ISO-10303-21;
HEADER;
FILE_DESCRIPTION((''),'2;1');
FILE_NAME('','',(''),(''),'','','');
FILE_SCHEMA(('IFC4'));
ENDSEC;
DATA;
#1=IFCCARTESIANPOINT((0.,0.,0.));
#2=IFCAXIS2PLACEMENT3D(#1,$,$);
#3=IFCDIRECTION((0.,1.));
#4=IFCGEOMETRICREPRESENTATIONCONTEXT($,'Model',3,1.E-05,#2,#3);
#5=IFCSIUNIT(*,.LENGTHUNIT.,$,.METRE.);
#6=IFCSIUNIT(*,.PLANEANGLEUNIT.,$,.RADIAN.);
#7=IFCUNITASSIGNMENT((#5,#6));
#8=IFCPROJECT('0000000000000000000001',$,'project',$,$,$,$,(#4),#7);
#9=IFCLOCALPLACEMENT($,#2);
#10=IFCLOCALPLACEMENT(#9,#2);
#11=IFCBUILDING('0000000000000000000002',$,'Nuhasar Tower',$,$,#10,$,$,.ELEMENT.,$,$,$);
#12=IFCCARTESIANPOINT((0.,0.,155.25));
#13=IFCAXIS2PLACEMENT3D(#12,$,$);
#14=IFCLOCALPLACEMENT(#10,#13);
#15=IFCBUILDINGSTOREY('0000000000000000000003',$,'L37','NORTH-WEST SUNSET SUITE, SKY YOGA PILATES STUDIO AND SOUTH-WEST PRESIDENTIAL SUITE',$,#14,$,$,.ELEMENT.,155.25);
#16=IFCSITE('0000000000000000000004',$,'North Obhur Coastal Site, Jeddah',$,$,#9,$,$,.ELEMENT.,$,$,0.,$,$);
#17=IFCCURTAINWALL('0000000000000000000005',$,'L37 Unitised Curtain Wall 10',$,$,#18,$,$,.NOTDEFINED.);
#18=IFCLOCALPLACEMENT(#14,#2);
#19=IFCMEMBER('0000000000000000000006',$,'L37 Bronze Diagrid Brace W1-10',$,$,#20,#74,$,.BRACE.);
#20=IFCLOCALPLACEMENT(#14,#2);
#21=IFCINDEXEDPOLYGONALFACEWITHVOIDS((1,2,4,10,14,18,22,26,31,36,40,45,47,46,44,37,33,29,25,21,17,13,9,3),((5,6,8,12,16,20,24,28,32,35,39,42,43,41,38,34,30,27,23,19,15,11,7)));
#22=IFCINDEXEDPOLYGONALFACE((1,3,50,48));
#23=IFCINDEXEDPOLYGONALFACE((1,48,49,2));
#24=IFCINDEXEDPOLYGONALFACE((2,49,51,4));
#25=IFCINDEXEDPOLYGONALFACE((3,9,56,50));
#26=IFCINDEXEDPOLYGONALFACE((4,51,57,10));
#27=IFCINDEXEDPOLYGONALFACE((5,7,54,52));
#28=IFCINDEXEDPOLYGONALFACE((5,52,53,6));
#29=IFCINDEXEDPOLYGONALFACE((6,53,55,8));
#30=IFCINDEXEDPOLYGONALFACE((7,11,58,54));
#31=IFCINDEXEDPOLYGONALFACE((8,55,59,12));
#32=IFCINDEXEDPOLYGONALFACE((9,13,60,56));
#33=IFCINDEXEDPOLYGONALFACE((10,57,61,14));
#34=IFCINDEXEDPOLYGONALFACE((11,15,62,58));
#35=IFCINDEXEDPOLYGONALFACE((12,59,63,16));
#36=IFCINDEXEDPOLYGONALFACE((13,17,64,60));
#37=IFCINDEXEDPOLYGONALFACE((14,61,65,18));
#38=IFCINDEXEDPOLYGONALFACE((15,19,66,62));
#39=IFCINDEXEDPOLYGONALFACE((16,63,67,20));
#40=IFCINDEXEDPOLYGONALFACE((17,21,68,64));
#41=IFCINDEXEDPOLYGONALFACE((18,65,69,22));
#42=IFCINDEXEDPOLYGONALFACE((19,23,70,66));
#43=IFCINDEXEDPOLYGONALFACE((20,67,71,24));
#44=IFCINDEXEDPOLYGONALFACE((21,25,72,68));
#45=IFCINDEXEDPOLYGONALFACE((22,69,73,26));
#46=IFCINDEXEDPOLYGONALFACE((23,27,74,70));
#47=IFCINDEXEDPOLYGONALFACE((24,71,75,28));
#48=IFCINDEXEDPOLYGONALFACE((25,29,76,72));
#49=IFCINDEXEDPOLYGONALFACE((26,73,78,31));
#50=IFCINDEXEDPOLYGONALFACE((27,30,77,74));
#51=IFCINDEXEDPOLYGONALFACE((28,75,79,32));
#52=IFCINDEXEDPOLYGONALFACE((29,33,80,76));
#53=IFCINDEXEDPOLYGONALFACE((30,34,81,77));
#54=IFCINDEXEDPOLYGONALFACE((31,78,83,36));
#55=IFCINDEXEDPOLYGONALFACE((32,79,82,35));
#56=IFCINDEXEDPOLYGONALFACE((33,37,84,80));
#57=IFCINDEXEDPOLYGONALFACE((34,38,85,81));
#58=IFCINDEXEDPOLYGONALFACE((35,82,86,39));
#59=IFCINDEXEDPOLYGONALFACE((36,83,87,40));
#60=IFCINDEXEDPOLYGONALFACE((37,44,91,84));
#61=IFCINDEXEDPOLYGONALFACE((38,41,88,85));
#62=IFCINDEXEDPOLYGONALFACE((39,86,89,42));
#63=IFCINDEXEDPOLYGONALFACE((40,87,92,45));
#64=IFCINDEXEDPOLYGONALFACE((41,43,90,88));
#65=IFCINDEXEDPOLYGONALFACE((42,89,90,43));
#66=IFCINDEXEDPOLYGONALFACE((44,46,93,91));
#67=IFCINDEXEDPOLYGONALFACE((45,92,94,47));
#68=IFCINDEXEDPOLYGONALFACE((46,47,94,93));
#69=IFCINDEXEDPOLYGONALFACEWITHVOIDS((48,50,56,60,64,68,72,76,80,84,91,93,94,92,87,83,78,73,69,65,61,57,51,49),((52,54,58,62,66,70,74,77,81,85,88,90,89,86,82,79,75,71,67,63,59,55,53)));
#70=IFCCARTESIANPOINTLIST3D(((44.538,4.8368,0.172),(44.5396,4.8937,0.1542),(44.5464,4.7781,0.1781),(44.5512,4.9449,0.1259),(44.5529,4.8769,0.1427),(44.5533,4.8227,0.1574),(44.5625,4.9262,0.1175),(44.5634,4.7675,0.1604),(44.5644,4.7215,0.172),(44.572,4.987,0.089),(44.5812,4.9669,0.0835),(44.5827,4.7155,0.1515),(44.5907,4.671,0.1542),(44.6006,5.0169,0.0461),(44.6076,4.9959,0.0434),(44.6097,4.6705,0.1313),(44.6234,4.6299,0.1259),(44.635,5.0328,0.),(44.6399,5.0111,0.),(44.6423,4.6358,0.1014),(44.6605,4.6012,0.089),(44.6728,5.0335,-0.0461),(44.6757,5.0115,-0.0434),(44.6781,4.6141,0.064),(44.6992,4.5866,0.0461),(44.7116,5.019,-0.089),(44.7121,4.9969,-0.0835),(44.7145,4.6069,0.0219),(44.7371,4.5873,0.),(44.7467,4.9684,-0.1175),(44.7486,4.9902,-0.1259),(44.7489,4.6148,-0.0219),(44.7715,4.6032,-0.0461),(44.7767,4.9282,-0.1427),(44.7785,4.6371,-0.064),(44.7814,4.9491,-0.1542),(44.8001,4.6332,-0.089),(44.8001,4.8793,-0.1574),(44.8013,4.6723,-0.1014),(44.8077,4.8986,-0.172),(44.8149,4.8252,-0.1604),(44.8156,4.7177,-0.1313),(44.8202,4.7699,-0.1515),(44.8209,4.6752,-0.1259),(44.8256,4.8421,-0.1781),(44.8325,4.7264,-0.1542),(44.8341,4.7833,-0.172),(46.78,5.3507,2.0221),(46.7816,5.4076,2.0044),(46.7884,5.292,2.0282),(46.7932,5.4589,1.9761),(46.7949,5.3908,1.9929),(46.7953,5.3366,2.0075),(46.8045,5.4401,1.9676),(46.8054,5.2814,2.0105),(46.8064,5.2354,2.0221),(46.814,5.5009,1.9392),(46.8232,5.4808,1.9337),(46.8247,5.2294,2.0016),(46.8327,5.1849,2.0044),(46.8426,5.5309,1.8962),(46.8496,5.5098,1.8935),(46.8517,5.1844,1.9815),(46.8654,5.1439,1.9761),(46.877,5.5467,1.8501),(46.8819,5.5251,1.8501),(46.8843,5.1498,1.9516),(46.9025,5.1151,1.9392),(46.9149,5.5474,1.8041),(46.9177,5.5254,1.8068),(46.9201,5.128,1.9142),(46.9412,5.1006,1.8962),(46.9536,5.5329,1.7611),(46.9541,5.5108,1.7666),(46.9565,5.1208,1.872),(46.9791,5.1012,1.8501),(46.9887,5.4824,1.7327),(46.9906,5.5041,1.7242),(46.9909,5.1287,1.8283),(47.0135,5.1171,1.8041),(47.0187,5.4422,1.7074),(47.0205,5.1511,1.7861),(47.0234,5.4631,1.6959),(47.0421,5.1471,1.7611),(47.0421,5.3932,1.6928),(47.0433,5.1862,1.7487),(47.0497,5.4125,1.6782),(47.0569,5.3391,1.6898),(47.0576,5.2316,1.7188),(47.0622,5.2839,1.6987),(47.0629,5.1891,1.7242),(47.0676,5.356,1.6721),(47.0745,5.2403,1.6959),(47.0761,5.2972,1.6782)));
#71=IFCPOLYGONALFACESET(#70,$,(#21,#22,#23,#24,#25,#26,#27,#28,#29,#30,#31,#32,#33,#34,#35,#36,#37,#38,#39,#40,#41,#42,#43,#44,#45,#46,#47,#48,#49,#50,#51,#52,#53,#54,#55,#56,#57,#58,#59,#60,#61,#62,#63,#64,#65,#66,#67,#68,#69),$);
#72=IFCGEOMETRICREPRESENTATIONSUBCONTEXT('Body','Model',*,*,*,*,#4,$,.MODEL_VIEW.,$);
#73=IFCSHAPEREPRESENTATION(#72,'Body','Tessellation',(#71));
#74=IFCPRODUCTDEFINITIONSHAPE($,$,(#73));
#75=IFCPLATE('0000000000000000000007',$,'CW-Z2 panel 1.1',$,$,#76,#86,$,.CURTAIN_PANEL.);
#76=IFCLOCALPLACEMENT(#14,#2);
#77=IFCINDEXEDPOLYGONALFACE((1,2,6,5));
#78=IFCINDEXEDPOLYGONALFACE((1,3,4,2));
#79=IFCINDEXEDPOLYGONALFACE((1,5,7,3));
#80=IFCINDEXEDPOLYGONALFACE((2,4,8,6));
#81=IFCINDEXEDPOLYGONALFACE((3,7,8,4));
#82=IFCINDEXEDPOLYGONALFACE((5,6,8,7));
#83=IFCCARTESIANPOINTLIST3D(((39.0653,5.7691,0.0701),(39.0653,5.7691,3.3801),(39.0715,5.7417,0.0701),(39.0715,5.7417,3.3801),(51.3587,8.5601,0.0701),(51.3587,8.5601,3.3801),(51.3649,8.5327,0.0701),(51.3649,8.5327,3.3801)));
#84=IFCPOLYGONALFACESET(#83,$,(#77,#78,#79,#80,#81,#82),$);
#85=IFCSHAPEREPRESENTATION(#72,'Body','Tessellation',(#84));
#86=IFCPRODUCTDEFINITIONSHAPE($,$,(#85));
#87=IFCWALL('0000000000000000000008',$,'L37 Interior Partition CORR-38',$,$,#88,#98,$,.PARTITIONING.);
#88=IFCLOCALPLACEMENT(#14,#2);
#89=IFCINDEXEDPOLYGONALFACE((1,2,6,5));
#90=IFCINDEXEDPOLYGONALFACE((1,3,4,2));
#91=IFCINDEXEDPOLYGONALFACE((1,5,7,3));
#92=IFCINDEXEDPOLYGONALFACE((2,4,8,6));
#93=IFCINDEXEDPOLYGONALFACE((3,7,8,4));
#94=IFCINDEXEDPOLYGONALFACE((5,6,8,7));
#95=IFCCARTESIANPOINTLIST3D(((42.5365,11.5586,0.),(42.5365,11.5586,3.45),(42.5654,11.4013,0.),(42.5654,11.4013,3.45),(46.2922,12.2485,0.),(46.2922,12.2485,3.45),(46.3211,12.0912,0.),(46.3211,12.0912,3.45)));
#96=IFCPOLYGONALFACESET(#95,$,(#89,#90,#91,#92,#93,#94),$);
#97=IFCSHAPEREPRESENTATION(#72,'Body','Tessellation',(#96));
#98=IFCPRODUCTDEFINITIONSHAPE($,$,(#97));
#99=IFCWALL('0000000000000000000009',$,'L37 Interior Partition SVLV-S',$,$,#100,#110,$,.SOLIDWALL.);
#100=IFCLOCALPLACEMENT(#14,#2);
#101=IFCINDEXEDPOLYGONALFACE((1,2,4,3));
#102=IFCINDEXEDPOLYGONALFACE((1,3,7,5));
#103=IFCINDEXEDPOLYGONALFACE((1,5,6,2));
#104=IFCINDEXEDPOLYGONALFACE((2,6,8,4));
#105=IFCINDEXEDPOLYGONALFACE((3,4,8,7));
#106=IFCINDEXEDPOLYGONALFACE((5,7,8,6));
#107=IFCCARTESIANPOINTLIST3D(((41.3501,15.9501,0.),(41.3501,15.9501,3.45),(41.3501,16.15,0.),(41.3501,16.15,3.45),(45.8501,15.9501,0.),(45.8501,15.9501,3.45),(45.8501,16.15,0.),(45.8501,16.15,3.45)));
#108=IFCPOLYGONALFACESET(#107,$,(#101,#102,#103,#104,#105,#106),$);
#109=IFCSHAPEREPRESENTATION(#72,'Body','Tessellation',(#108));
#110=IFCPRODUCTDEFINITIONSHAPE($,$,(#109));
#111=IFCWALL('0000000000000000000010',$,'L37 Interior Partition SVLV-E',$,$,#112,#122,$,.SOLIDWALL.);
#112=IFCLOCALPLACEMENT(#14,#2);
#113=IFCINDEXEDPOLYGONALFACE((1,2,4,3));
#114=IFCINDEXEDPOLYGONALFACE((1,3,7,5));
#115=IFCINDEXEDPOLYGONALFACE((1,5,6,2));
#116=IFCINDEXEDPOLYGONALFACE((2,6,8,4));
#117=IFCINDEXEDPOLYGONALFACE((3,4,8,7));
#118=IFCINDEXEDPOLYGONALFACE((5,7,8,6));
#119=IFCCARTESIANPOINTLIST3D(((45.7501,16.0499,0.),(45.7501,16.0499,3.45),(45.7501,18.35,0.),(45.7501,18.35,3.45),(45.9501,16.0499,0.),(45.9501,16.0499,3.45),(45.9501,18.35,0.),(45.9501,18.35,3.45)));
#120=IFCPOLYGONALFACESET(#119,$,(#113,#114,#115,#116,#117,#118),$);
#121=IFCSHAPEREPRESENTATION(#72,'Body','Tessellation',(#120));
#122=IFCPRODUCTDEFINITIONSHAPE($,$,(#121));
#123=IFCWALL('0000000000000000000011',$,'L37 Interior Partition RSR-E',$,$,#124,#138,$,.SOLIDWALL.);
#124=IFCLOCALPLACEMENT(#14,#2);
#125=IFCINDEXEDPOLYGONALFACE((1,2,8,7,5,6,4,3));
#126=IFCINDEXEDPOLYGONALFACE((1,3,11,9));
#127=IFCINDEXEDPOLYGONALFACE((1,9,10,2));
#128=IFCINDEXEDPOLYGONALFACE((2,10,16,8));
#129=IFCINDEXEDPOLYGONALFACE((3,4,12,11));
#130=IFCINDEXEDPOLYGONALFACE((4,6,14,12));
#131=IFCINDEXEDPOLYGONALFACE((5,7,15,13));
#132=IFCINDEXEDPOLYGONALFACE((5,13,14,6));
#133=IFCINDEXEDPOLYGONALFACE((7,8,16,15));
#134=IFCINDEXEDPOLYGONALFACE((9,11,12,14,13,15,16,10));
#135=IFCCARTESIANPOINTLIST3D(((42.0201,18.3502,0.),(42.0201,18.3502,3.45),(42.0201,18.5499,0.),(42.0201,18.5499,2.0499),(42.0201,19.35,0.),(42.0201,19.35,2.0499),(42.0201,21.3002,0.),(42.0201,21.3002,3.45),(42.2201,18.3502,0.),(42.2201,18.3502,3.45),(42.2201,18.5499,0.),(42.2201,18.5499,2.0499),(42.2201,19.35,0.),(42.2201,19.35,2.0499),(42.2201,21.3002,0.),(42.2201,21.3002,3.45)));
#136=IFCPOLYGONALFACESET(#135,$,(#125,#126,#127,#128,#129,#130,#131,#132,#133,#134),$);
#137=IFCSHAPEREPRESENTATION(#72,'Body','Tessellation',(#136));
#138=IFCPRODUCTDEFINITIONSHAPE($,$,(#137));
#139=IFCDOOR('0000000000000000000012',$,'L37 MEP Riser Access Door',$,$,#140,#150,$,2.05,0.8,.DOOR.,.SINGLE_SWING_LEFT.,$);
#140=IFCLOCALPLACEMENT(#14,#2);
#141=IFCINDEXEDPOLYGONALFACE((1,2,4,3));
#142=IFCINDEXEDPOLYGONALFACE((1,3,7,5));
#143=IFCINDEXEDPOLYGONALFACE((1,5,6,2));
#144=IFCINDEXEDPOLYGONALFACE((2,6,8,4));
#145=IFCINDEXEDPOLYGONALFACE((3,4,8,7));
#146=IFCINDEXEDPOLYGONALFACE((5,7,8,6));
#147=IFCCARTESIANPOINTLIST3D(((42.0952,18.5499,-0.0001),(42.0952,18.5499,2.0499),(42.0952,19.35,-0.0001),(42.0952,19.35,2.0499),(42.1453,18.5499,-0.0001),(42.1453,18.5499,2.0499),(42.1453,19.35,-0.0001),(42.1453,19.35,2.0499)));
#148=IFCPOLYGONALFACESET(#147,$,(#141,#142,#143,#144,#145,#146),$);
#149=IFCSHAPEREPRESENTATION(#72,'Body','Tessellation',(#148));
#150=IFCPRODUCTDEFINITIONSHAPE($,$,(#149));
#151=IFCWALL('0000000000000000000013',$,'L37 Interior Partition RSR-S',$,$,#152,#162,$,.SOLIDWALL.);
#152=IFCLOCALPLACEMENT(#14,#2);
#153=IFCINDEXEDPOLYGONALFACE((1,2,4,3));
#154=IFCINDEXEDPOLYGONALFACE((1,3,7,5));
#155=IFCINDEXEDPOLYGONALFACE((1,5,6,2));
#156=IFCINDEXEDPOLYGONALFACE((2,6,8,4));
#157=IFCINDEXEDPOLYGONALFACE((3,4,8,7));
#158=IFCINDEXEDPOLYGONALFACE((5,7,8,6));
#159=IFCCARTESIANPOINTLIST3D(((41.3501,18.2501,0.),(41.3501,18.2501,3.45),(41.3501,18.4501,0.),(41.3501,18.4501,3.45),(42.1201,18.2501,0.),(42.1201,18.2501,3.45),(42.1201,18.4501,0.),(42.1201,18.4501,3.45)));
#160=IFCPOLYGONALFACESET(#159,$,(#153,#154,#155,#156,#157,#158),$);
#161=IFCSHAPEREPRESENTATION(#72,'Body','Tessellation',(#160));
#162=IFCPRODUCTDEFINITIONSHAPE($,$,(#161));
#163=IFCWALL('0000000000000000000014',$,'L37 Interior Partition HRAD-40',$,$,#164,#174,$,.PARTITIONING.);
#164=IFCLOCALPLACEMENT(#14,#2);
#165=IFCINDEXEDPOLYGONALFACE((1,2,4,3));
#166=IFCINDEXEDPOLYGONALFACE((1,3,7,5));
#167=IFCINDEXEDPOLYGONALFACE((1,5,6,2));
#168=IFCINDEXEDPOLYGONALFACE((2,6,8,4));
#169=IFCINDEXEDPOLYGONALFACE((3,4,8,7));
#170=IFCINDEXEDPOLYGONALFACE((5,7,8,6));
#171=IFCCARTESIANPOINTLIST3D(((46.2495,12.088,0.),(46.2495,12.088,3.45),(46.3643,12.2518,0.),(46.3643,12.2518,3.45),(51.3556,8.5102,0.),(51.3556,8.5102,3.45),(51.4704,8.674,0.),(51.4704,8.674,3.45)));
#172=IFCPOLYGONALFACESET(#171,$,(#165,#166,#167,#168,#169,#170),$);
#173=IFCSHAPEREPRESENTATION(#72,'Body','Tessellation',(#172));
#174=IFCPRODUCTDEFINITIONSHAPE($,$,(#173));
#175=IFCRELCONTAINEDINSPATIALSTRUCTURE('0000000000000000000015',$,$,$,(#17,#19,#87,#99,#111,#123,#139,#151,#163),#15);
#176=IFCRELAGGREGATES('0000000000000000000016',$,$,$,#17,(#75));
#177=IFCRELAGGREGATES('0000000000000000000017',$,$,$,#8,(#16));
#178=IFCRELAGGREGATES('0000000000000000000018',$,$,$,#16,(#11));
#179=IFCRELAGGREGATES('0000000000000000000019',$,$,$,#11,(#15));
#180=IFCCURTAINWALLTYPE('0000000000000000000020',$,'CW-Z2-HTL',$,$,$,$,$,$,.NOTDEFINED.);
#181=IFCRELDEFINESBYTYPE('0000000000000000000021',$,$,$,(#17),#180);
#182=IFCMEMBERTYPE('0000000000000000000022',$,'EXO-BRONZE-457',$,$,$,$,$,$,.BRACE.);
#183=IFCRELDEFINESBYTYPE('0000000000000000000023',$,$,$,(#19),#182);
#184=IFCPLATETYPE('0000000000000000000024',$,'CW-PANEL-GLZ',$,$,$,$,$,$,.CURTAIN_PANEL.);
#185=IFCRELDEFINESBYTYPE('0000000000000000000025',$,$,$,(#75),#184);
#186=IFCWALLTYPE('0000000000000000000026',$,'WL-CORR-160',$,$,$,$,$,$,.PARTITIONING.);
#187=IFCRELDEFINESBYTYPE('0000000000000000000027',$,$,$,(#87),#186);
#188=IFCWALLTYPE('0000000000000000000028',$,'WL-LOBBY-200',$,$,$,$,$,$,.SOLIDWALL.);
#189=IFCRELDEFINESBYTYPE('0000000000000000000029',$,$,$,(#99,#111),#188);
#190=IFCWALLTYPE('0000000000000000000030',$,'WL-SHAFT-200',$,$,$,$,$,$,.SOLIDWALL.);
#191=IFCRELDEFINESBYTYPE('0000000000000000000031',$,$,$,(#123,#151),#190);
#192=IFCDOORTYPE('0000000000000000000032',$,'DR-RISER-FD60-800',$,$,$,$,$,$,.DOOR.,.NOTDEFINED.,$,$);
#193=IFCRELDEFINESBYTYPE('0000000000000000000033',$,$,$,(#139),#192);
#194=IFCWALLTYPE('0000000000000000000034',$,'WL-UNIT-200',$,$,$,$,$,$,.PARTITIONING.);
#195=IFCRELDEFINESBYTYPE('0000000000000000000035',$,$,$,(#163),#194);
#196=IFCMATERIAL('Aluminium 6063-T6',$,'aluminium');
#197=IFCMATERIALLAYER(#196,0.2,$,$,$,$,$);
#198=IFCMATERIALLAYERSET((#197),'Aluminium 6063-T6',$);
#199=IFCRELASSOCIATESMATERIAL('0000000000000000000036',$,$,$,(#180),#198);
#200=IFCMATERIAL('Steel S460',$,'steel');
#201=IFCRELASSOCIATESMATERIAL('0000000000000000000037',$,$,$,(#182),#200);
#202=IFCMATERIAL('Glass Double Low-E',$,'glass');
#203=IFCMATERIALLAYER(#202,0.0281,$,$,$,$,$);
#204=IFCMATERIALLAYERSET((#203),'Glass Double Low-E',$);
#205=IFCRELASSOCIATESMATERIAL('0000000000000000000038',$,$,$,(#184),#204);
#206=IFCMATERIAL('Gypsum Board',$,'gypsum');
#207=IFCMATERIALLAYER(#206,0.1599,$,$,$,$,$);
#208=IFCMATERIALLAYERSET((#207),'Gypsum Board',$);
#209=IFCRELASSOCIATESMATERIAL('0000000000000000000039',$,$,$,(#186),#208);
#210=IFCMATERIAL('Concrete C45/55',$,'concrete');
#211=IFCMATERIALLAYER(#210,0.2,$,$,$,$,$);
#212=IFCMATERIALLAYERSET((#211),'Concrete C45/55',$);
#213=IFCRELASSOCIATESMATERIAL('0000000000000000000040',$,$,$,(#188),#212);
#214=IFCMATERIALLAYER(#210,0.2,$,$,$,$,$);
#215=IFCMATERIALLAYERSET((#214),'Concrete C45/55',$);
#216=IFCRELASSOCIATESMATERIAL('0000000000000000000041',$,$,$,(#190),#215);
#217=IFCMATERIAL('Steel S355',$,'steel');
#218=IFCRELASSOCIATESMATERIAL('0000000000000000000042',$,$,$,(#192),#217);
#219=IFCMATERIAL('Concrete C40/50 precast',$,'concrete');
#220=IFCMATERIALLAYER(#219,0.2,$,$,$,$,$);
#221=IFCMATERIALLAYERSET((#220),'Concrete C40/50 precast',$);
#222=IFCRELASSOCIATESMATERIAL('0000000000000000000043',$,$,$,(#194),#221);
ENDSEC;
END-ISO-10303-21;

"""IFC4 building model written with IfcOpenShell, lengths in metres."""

from ifc_helpers import new_model, si_unit, direction, frame, frame_2d, origin, origin_2d, place, context, subcontext, project, spatial, rectangle, hollow_circle, extrude, material, layer, layer_set, material_profile, profile_set, type_object, element, fill, aggregate, save


model = new_model("IFC4")

# Units and contexts
model_context = context("Model", 3, precision=1e-05, world=origin(), true_north=direction((0.0, 1.0)))
body_context = subcontext(model_context, "Body", "Model", "MODEL_VIEW")
ifc_project = project(units=[si_unit("LENGTHUNIT", "METRE"), si_unit("PLANEANGLEUNIT", "RADIAN")], contexts=[model_context])

# Site, building, storey
site_placement = place(None, origin())
site = spatial("IfcSite", under=ifc_project, at=site_placement, Name="North Obhur Coastal Site, Jeddah", CompositionType="ELEMENT", RefElevation=0.0)
building_placement = place(site_placement, origin())
building = spatial("IfcBuilding", under=site, at=building_placement, Name="Nuhasar Tower", CompositionType="ELEMENT")
storey_placement = place(building_placement, frame((0.0, 0.0, 155.25)))
storey = spatial("IfcBuildingStorey", under=building, at=storey_placement, Name="L37", Description="NORTH-WEST SUNSET SUITE, SKY YOGA PILATES STUDIO AND SOUTH-WEST PRESIDENTIAL SUITE", CompositionType="ELEMENT", Elevation=155.25)

# Shared definitions
ifc_material_1 = material(Name="Steel S355", Category="steel")

# Shared definitions
ifc_material_2 = material(Name="Aluminium 6063-T6", Category="aluminium")
ifc_layer_1 = layer(ifc_material_2, 0.2)
ifc_layer_set_1 = layer_set([ifc_layer_1], Name="Aluminium 6063-T6")
curtain_wall_type = type_object("IfcCurtainWallType", Name="CW-Z2-HTL", PredefinedType="NOTDEFINED", material=ifc_layer_set_1)

# Curtain wall
curtain_wall_1_placement = place(storey_placement, origin())
curtain_wall_1 = element("IfcCurtainWall", 1, at=curtain_wall_1_placement, inside=storey, type_object=curtain_wall_type, Name="L37 Unitised Curtain Wall 10", PredefinedType="NOTDEFINED")

# Member
ifc_material_3 = material(Name="Steel S460", Category="steel")
ifc_material_profile_1 = material_profile(ifc_material_3, hollow_circle(Radius=0.2285, WallThickness=0.0222, at=origin_2d()), Name="HSS457X22.2")
ifc_profile_set_1 = profile_set([ifc_material_profile_1], Name="Steel S460")
member_type_1 = type_object("IfcMemberType", Name="EXO-BRONZE-457", PredefinedType="BRACE", material=ifc_profile_set_1)
member_1_placement = place(storey_placement, frame((44.686, 4.8101, 0.0), z_axis=(0.75951, 0.174101, 0.626764), x_axis=(-0.223433, 0.974719, 0.0)))
element("IfcMember", 2, at=member_1_placement, inside=storey, type_object=member_type_1, Name="L37 Bronze Diagrid Brace W1-10", PredefinedType="BRACE", context=body_context, shape_type="SweptSolid", body=[
    extrude(hollow_circle(Radius=0.2285, WallThickness=0.0222, at=origin_2d()), origin(), (0.0, 0.0, 1.0), 2.9519),
])

# Plate
ifc_material_4 = material(Name="Glass Double Low-E", Category="glass")
ifc_layer_2 = layer(ifc_material_4, 0.0281)
ifc_layer_set_2 = layer_set([ifc_layer_2], Name="Glass Double Low-E")
plate_type = type_object("IfcPlateType", Name="CW-PANEL-GLZ", PredefinedType="CURTAIN_PANEL", material=ifc_layer_set_2)
plate_placement = place(storey_placement, frame((45.2151, 7.1509, 0.0701), z_axis=(0.0, 0.0, 1.0), x_axis=(0.975184, 0.221397, 0.0)))
plate = element("IfcPlate", 3, at=plate_placement, type_object=plate_type, Name="CW-Z2 panel 1.1", PredefinedType="CURTAIN_PANEL", context=body_context, shape_type="SweptSolid", body=[
    extrude(rectangle(XDim=12.6062, YDim=0.0281, at=origin_2d()), origin(), (0.0, 0.0, 1.0), 3.3101),
])
aggregate(curtain_wall_1, [plate])

# Shared definitions
ifc_material_5 = material(Name="Gypsum Board", Category="gypsum")
ifc_layer_3 = layer(ifc_material_5, 0.1599)
ifc_layer_set_3 = layer_set([ifc_layer_3], Name="Gypsum Board")
wall_type_1 = type_object("IfcWallType", Name="WL-CORR-160", PredefinedType="PARTITIONING", material=ifc_layer_set_3)

# Wall
wall_1_placement = place(storey_placement, frame((42.551, 11.48, 0.0), z_axis=(0.0, 0.0, 1.0), x_axis=(0.983543, 0.180674, 0.0)))
element("IfcWall", 4, at=wall_1_placement, inside=storey, type_object=wall_type_1, Name="L37 Interior Partition CORR-38", PredefinedType="PARTITIONING", context=body_context, shape_type="SweptSolid", body=[
    extrude(rectangle(XDim=3.8186, YDim=0.1599, at=frame_2d((1.9092, 0.0))), origin(), (0.0, 0.0, 1.0), 3.45),
])

# Shared definitions
ifc_material_6 = material(Name="Concrete C45/55", Category="concrete")
ifc_layer_4 = layer(ifc_material_6, 0.2)
ifc_layer_set_4 = layer_set([ifc_layer_4], Name="Concrete C45/55")
wall_type_2 = type_object("IfcWallType", Name="WL-LOBBY-200", PredefinedType="SOLIDWALL", material=ifc_layer_set_4)

# Walls
wall_2_placement = place(storey_placement, frame((41.3501, 16.05, 0.0), z_axis=(0.0, 0.0, 1.0), x_axis=(1.0, 0.0, 0.0)))
element("IfcWall", 5, at=wall_2_placement, inside=storey, type_object=wall_type_2, Name="L37 Interior Partition SVLV-S", PredefinedType="SOLIDWALL", context=body_context, shape_type="SweptSolid", body=[
    extrude(rectangle(XDim=4.5, YDim=0.2, at=frame_2d((2.25, 0.0))), origin(), (0.0, 0.0, 1.0), 3.45),
])
wall_3_placement = place(storey_placement, frame((45.8501, 16.05, 0.0), z_axis=(0.0, 0.0, 1.0), x_axis=(0.0, 1.0, 0.0)))
element("IfcWall", 6, at=wall_3_placement, inside=storey, type_object=wall_type_2, Name="L37 Interior Partition SVLV-E", PredefinedType="SOLIDWALL", context=body_context, shape_type="SweptSolid", body=[
    extrude(rectangle(XDim=2.3, YDim=0.2, at=frame_2d((1.1499, 0.0))), origin(), (0.0, 0.0, 1.0), 3.45),
])

# Wall, opening, door
ifc_layer_5 = layer(ifc_material_6, 0.2)
ifc_layer_set_5 = layer_set([ifc_layer_5], Name="Concrete C45/55")
wall_type_3 = type_object("IfcWallType", Name="WL-SHAFT-200", PredefinedType="SOLIDWALL", material=ifc_layer_set_5)
wall_4_placement = place(storey_placement, frame((42.1201, 18.3501, 0.0), z_axis=(0.0, 0.0, 1.0), x_axis=(0.0, 1.0, 0.0)))
wall_4 = element("IfcWall", 7, at=wall_4_placement, inside=storey, type_object=wall_type_3, Name="L37 Interior Partition RSR-E", PredefinedType="SOLIDWALL", context=body_context, shape_type="SweptSolid", body=[
    extrude(rectangle(XDim=2.95, YDim=0.2, at=frame_2d((1.4751, 0.0))), origin(), (0.0, 0.0, 1.0), 3.45),
])
opening_1_placement = place(wall_4_placement, frame((0.2, 0.0, 0.0)))
opening_1 = element("IfcOpeningElement", 8, at=opening_1_placement, cuts=wall_4, PredefinedType="OPENING", context=body_context, shape_type="SweptSolid", body=[
    extrude(rectangle(XDim=0.8, YDim=2.05, at=frame_2d((0.3999, 1.0249))), frame((0.0, 0.1099, 0.0), z_axis=(0.0, -1.0, 0.0), x_axis=(1.0, 0.0, 0.0)), (0.0, 0.0, 1.0), 0.22),
])
door_type_1 = type_object("IfcDoorType", Name="DR-RISER-FD60-800", OperationType="NOTDEFINED", PredefinedType="DOOR", material=ifc_material_1)
door_1_placement = place(opening_1_placement, origin())
door_1 = element("IfcDoor", 9, at=door_1_placement, inside=storey, type_object=door_type_1, Name="L37 MEP Riser Access Door", OperationType="SINGLE_SWING_LEFT", OverallHeight=2.05, OverallWidth=0.8, PredefinedType="DOOR", context=body_context, shape_type="SweptSolid", body=[
    extrude(rectangle(XDim=0.8, YDim=2.05, at=frame_2d((0.3999, 1.0249))), frame((0.0, 0.0249, 0.0), z_axis=(0.0, -1.0, 0.0), x_axis=(1.0, 0.0, 0.0)), (0.0, 0.0, 1.0), 0.05),
])
fill(opening_1, door_1)

# Walls
wall_5_placement = place(storey_placement, frame((41.3501, 18.3501, 0.0), z_axis=(0.0, 0.0, 1.0), x_axis=(1.0, 0.0, 0.0)))
element("IfcWall", 10, at=wall_5_placement, inside=storey, type_object=wall_type_3, Name="L37 Interior Partition RSR-S", PredefinedType="SOLIDWALL", context=body_context, shape_type="SweptSolid", body=[
    extrude(rectangle(XDim=0.77, YDim=0.2, at=frame_2d((0.385, 0.0))), origin(), (0.0, 0.0, 1.0), 3.45),
])
ifc_material_7 = material(Name="Concrete C40/50 precast", Category="concrete")
ifc_layer_6 = layer(ifc_material_7, 0.2)
ifc_layer_set_6 = layer_set([ifc_layer_6], Name="Concrete C40/50 precast")
wall_type_4 = type_object("IfcWallType", Name="WL-UNIT-200", PredefinedType="PARTITIONING", material=ifc_layer_set_6)
wall_6_placement = place(storey_placement, frame((46.3069, 12.1699, 0.0), z_axis=(0.0, 0.0, 1.0), x_axis=(0.818965, -0.573843, 0.0)))
element("IfcWall", 11, at=wall_6_placement, inside=storey, type_object=wall_type_4, Name="L37 Interior Partition HRAD-40", PredefinedType="PARTITIONING", context=body_context, shape_type="SweptSolid", body=[
    extrude(rectangle(XDim=6.2349, YDim=0.2, at=frame_2d((3.1174, 0.0))), origin(), (0.0, 0.0, 1.0), 3.45),
])

save(model, "model.ifc")
